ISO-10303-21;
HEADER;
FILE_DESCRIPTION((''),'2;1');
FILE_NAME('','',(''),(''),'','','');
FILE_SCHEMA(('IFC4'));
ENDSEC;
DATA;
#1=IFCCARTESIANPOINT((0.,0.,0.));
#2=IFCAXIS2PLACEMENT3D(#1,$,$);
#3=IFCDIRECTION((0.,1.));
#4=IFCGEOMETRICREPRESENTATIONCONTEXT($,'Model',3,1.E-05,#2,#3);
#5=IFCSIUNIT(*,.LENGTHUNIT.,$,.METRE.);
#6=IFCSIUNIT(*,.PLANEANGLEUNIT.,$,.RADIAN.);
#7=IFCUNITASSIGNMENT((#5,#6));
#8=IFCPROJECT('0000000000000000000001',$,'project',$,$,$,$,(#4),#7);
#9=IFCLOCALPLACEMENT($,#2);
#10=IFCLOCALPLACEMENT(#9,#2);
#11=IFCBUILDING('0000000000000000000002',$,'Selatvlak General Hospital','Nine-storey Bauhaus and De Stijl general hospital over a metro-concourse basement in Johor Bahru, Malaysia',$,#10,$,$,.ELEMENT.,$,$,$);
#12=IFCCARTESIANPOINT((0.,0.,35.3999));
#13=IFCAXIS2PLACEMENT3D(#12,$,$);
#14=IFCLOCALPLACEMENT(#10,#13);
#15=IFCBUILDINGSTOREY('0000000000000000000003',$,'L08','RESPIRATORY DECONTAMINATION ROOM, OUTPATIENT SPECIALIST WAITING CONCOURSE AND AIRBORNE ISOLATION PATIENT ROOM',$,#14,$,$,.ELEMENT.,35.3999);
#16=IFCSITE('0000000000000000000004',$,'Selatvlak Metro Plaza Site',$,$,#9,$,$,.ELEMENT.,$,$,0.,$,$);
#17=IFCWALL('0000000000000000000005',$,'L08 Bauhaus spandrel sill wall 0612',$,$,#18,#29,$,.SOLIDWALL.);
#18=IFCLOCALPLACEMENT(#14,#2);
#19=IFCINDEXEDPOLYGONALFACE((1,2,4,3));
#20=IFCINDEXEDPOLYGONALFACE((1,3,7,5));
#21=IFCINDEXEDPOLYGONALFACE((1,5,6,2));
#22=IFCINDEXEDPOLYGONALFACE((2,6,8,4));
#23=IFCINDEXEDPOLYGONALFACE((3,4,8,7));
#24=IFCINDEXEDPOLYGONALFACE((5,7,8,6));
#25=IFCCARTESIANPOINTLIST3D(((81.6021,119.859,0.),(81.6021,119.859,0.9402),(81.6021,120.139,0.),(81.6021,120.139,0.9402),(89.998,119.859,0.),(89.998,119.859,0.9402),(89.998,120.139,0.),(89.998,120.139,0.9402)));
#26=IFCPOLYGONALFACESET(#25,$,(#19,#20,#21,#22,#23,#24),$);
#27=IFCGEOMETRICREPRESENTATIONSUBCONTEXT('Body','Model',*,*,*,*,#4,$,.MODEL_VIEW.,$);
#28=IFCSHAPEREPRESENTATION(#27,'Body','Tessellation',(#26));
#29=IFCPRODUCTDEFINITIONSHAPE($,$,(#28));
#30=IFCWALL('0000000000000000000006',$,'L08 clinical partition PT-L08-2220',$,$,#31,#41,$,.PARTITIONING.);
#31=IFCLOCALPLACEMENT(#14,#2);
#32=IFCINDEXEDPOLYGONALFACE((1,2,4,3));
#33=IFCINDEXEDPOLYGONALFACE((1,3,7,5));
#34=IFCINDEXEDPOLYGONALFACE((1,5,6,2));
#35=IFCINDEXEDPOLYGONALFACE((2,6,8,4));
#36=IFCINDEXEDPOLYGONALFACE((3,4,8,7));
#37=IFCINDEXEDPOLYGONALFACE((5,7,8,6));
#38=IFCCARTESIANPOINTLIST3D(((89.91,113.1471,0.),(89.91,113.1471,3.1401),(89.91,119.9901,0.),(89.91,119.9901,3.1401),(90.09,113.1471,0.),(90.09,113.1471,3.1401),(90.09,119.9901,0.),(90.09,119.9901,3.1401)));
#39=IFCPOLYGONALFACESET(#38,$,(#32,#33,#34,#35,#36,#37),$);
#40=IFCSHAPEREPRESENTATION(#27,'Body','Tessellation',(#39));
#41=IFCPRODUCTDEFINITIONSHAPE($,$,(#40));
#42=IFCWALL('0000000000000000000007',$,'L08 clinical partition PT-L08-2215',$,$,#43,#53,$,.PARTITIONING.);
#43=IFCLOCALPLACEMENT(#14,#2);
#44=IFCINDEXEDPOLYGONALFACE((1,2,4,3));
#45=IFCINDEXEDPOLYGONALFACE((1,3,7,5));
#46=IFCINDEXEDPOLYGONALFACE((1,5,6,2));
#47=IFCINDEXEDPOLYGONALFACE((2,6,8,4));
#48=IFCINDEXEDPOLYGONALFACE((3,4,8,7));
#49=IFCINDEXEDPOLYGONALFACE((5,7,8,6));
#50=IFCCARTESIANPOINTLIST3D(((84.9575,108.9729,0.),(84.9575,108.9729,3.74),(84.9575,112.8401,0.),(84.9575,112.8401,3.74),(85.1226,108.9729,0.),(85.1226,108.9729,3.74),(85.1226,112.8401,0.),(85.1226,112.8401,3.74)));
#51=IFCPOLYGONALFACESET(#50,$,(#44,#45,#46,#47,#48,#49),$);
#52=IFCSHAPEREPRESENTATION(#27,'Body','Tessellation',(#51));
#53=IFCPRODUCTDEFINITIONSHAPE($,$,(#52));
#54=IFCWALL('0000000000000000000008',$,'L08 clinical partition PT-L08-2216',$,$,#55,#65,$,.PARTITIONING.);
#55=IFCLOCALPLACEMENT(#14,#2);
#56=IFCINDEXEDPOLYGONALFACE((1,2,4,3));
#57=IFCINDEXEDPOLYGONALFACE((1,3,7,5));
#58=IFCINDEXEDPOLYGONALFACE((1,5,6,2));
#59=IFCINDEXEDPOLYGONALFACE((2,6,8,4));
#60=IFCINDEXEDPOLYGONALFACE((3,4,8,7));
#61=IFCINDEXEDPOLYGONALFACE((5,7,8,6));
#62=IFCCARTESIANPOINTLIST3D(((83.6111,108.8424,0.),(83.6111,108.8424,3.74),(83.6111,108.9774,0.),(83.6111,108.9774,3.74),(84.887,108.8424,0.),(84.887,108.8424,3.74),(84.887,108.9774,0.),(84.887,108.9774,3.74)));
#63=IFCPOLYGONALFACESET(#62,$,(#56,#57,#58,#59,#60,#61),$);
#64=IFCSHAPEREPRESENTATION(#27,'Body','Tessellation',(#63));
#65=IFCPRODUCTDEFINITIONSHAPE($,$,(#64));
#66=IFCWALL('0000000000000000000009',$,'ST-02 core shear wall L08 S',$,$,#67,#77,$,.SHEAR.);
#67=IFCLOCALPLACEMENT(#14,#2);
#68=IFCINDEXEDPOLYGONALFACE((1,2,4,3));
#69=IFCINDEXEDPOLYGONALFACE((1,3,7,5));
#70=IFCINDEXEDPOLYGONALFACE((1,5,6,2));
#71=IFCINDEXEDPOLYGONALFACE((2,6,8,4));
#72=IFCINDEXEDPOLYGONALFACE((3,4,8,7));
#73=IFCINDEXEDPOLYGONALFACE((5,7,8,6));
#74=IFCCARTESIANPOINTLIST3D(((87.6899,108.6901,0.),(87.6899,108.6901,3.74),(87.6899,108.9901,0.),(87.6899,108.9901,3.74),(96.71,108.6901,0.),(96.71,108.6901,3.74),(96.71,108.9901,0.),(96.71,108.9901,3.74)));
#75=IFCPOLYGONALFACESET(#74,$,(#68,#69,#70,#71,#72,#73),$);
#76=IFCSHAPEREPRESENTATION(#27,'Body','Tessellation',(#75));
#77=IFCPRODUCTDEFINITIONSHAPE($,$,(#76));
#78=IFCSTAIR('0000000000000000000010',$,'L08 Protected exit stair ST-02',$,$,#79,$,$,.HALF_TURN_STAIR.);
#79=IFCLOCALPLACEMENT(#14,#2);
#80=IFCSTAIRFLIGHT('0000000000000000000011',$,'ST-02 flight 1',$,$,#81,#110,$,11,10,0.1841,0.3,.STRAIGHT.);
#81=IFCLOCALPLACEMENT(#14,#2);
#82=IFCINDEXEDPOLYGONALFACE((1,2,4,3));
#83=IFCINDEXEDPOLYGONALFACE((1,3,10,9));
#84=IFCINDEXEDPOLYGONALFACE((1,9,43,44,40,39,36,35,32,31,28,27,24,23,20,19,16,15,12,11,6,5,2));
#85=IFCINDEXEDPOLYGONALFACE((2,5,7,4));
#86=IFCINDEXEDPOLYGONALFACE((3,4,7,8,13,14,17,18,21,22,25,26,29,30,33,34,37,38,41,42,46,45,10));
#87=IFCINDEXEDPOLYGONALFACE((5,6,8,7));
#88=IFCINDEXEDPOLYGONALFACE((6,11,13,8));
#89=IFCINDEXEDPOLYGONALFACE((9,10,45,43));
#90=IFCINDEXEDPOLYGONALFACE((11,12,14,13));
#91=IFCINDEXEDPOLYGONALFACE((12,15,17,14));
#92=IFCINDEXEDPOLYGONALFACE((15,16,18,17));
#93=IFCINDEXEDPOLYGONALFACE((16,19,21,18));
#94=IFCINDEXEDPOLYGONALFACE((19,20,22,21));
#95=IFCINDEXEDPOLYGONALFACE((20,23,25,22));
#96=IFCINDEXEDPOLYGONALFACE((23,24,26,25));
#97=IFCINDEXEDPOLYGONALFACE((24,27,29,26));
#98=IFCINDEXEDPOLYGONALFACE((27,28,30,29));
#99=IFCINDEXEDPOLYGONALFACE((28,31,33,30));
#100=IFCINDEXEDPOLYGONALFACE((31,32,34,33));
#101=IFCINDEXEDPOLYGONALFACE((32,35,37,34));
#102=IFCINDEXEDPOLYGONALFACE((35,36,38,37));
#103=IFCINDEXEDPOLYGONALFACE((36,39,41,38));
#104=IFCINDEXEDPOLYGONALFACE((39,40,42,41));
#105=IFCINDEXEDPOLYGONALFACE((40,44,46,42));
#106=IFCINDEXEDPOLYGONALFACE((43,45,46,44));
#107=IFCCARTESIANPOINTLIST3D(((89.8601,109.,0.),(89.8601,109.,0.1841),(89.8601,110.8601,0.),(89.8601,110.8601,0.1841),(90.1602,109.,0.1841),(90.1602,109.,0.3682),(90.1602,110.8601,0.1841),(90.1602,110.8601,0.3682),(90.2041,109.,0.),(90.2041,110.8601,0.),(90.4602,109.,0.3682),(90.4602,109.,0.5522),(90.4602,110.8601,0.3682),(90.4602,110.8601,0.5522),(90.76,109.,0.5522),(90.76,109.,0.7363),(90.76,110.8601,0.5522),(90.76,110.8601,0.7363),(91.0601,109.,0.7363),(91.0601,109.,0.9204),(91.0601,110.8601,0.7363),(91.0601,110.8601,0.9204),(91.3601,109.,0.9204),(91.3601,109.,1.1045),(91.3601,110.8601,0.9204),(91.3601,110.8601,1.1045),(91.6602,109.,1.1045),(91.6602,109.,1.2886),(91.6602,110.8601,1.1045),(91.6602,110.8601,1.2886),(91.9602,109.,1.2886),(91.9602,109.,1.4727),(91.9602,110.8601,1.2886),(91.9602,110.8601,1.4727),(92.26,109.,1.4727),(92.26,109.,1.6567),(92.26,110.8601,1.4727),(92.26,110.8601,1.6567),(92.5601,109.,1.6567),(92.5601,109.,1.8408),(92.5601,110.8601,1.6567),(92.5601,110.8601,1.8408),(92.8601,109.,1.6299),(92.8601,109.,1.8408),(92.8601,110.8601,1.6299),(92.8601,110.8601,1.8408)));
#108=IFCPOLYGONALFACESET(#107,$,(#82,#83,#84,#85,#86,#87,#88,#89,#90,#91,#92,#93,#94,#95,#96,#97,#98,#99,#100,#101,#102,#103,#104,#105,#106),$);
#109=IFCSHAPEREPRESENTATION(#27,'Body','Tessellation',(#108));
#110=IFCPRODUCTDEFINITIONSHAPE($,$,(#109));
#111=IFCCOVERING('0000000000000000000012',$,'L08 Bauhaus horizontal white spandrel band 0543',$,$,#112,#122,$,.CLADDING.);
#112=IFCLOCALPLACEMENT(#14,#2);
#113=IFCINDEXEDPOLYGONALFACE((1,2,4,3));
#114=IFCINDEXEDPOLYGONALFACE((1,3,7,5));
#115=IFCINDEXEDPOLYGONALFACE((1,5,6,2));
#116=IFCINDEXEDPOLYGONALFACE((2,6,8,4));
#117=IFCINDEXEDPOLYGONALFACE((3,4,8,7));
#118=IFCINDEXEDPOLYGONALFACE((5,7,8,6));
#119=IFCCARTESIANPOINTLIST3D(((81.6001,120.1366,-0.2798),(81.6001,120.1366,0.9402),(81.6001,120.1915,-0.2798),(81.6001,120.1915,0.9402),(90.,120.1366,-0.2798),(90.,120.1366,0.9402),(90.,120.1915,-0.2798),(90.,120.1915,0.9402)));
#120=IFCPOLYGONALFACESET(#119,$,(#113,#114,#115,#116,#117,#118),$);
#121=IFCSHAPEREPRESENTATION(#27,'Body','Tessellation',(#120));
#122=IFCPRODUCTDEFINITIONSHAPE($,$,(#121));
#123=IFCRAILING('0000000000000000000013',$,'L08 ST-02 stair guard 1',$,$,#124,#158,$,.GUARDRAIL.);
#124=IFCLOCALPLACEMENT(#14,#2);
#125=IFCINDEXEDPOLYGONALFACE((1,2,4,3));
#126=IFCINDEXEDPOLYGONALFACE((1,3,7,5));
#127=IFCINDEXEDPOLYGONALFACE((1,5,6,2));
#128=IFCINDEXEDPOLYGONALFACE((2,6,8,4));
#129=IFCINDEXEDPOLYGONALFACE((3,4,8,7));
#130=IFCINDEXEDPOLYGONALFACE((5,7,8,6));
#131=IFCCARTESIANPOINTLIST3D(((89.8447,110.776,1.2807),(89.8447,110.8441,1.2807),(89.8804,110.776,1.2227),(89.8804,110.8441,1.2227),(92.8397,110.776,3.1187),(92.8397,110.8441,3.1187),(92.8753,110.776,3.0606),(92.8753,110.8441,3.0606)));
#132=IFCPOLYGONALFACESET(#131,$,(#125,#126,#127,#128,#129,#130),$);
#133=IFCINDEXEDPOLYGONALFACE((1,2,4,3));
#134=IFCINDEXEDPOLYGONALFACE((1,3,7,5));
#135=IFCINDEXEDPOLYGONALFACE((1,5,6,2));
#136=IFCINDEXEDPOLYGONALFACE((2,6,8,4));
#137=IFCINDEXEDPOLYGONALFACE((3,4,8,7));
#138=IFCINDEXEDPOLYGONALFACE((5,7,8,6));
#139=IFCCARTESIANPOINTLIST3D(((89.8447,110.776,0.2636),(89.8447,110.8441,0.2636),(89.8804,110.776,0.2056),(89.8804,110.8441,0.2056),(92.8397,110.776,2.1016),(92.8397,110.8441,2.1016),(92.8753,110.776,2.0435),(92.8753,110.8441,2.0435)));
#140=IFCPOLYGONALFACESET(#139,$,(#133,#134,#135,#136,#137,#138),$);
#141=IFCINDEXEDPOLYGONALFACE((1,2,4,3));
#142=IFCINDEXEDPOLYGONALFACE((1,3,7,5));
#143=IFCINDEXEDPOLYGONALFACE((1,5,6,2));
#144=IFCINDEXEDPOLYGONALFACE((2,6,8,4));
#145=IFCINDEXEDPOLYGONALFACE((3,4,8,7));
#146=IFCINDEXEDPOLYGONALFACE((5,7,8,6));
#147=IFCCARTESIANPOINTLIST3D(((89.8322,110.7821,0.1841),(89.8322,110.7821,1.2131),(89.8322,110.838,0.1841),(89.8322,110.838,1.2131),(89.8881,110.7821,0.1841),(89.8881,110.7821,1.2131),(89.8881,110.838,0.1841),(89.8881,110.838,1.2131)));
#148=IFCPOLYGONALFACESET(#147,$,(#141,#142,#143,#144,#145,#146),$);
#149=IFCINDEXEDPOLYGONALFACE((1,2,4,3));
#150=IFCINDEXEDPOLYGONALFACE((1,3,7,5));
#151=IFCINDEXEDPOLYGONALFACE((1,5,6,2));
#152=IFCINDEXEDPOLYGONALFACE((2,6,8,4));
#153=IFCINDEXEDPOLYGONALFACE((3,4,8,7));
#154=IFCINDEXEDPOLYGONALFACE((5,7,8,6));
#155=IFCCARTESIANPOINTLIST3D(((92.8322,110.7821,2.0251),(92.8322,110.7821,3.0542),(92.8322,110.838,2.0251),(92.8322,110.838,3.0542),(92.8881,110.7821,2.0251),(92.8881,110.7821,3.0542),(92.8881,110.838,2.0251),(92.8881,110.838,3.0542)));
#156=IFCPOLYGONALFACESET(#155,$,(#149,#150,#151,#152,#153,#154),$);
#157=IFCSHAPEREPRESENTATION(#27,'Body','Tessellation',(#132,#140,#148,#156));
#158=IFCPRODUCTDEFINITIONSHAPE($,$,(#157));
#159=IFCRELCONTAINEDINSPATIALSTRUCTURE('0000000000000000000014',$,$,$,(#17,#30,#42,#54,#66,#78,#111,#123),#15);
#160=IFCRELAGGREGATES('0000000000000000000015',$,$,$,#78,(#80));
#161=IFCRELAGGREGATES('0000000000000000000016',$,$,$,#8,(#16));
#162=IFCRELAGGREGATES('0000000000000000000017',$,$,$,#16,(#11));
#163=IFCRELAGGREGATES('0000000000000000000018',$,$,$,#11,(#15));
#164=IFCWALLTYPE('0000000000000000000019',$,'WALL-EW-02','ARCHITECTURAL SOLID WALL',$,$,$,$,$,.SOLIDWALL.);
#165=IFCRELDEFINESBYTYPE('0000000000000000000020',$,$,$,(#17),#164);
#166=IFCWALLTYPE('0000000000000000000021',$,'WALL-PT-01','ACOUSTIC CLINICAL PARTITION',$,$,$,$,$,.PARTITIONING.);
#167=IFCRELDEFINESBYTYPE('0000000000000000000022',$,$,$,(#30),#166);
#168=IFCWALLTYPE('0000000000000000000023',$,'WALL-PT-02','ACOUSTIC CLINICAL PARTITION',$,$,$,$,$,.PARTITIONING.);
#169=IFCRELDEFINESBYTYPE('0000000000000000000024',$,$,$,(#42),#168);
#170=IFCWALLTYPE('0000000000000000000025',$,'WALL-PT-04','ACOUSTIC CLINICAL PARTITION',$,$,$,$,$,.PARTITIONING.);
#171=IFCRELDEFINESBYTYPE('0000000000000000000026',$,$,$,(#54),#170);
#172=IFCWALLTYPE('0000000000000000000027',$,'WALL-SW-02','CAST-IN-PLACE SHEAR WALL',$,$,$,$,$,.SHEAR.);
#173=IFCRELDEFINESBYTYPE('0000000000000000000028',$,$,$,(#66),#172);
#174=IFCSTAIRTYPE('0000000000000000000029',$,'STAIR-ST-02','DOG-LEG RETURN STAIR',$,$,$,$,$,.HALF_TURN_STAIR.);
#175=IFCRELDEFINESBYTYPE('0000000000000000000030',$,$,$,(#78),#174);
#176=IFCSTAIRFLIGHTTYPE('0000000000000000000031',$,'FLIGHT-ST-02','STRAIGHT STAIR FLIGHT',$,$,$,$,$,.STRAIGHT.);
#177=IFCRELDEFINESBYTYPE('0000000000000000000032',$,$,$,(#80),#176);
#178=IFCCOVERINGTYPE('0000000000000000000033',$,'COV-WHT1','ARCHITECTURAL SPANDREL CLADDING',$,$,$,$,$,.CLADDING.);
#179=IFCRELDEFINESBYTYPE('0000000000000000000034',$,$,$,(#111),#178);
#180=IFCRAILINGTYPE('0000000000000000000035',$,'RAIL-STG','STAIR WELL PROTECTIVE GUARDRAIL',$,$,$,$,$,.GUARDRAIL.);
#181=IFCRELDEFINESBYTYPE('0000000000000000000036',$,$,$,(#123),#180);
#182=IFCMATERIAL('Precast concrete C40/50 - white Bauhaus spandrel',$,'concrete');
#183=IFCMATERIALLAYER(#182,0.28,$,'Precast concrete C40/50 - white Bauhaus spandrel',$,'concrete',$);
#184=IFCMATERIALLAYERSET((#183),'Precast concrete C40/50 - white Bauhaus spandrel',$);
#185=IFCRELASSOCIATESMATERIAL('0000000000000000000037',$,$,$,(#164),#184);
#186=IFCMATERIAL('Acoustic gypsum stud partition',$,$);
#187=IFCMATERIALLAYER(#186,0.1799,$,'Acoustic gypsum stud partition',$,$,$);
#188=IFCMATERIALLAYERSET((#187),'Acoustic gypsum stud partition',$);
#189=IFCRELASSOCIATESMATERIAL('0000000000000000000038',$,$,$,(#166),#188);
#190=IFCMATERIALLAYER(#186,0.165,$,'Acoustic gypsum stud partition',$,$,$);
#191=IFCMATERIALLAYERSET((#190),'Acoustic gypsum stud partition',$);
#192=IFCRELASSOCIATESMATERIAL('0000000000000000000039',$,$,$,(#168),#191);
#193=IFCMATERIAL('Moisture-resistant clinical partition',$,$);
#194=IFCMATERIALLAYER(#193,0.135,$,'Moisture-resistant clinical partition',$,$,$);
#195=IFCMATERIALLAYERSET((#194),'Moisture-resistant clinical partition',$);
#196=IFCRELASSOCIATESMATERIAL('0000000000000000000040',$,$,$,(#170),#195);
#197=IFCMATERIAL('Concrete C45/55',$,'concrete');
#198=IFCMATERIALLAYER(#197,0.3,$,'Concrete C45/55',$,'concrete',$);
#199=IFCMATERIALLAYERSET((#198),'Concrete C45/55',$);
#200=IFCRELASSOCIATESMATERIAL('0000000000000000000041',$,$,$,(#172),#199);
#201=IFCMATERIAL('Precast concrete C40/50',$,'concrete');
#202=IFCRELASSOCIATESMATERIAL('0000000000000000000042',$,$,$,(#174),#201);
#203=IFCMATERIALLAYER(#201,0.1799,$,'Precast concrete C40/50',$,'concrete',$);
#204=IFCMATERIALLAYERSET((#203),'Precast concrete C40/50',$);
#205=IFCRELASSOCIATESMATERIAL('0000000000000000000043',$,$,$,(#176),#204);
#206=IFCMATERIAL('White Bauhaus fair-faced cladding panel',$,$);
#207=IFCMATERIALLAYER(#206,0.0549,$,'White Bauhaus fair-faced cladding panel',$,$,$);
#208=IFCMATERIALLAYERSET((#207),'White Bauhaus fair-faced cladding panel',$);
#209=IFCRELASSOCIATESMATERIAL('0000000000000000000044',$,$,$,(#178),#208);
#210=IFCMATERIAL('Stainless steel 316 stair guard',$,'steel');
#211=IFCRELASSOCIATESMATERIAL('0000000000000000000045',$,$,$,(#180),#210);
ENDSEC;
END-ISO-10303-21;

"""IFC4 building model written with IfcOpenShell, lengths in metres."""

from ifc_helpers import new_model, si_unit, direction, frame, frame_2d, origin, origin_2d, place, context, subcontext, project, spatial, polyline, rectangle, outline, extrude, material, layer, layer_set, type_object, element, aggregate, save


model = new_model("IFC4")

# Units and contexts
model_context = context("Model", 3, precision=1e-05, world=origin(), true_north=direction((0.0, 1.0)))
body_context = subcontext(model_context, "Body", "Model", "MODEL_VIEW")
ifc_project = project(units=[si_unit("LENGTHUNIT", "METRE"), si_unit("PLANEANGLEUNIT", "RADIAN")], contexts=[model_context])

# Site, building, storey
site_placement = place(None, origin())
site = spatial("IfcSite", under=ifc_project, at=site_placement, Name="Selatvlak Metro Plaza Site", CompositionType="ELEMENT", RefElevation=0.0)
building_placement = place(site_placement, origin())
building = spatial("IfcBuilding", under=site, at=building_placement, Name="Selatvlak General Hospital", Description="Nine-storey Bauhaus and De Stijl general hospital over a metro-concourse basement in Johor Bahru, Malaysia", CompositionType="ELEMENT")
storey_placement = place(building_placement, frame((0.0, 0.0, 35.3999)))
storey = spatial("IfcBuildingStorey", under=building, at=storey_placement, Name="L08", Description="RESPIRATORY DECONTAMINATION ROOM, OUTPATIENT SPECIALIST WAITING CONCOURSE AND AIRBORNE ISOLATION PATIENT ROOM", CompositionType="ELEMENT", Elevation=35.3999)

# Wall
ifc_material_1 = material(Name="Precast concrete C40/50 - white Bauhaus spandrel", Category="concrete")
ifc_layer_1 = layer(ifc_material_1, 0.28, Name="Precast concrete C40/50 - white Bauhaus spandrel", Category="concrete")
ifc_layer_set_1 = layer_set([ifc_layer_1], Name="Precast concrete C40/50 - white Bauhaus spandrel")
wall_type_1 = type_object("IfcWallType", Name="WALL-EW-02", Description="ARCHITECTURAL SOLID WALL", PredefinedType="SOLIDWALL", material=ifc_layer_set_1)
wall_1_placement = place(storey_placement, frame((81.6021, 119.999, 0.0), z_axis=(0.0, 0.0, 1.0), x_axis=(1.0, 0.0, 0.0)))
element("IfcWall", 1, at=wall_1_placement, inside=storey, type_object=wall_type_1, Name="L08 Bauhaus spandrel sill wall 0612", PredefinedType="SOLIDWALL", context=body_context, shape_type="SweptSolid", body=[
    extrude(rectangle(XDim=8.396, YDim=0.28, at=frame_2d((4.198, 0.0))), origin(), (0.0, 0.0, 1.0), 0.9402),
])

# Shared definitions
ifc_material_2 = material(Name="Acoustic gypsum stud partition")
ifc_layer_2 = layer(ifc_material_2, 0.1799, Name="Acoustic gypsum stud partition")
ifc_layer_set_2 = layer_set([ifc_layer_2], Name="Acoustic gypsum stud partition")
wall_type_2 = type_object("IfcWallType", Name="WALL-PT-01", Description="ACOUSTIC CLINICAL PARTITION", PredefinedType="PARTITIONING", material=ifc_layer_set_2)

# Walls
wall_2_placement = place(storey_placement, frame((90.0, 119.99, 0.0), z_axis=(0.0, 0.0, 1.0), x_axis=(0.0, -1.0, 0.0)))
element("IfcWall", 2, at=wall_2_placement, inside=storey, type_object=wall_type_2, Name="L08 clinical partition PT-L08-2220", PredefinedType="PARTITIONING", context=body_context, shape_type="SweptSolid", body=[
    extrude(rectangle(XDim=6.843, YDim=0.1799, at=frame_2d((3.4214, 0.0))), origin(), (0.0, 0.0, 1.0), 3.1401),
])
ifc_layer_3 = layer(ifc_material_2, 0.165, Name="Acoustic gypsum stud partition")
ifc_layer_set_3 = layer_set([ifc_layer_3], Name="Acoustic gypsum stud partition")
wall_type_3 = type_object("IfcWallType", Name="WALL-PT-02", Description="ACOUSTIC CLINICAL PARTITION", PredefinedType="PARTITIONING", material=ifc_layer_set_3)
wall_3_placement = place(storey_placement, frame((85.04, 112.8401, 0.0), z_axis=(0.0, 0.0, 1.0), x_axis=(0.0, -1.0, 0.0)))
element("IfcWall", 3, at=wall_3_placement, inside=storey, type_object=wall_type_3, Name="L08 clinical partition PT-L08-2215", PredefinedType="PARTITIONING", context=body_context, shape_type="SweptSolid", body=[
    extrude(rectangle(XDim=3.8672, YDim=0.165, at=frame_2d((1.9336, 0.0))), origin(), (0.0, 0.0, 1.0), 3.74),
])
ifc_material_3 = material(Name="Moisture-resistant clinical partition")
ifc_layer_4 = layer(ifc_material_3, 0.135, Name="Moisture-resistant clinical partition")
ifc_layer_set_4 = layer_set([ifc_layer_4], Name="Moisture-resistant clinical partition")
wall_type_4 = type_object("IfcWallType", Name="WALL-PT-04", Description="ACOUSTIC CLINICAL PARTITION", PredefinedType="PARTITIONING", material=ifc_layer_set_4)
wall_4_placement = place(storey_placement, frame((84.887, 108.9099, 0.0), z_axis=(0.0, 0.0, 1.0), x_axis=(-1.0, 0.0, 0.0)))
element("IfcWall", 4, at=wall_4_placement, inside=storey, type_object=wall_type_4, Name="L08 clinical partition PT-L08-2216", PredefinedType="PARTITIONING", context=body_context, shape_type="SweptSolid", body=[
    extrude(rectangle(XDim=1.2759, YDim=0.135, at=frame_2d((0.6379, 0.0))), origin(), (0.0, 0.0, 1.0), 3.74),
])
ifc_material_4 = material(Name="Concrete C45/55", Category="concrete")
ifc_layer_5 = layer(ifc_material_4, 0.3, Name="Concrete C45/55", Category="concrete")
ifc_layer_set_5 = layer_set([ifc_layer_5], Name="Concrete C45/55")
wall_type_5 = type_object("IfcWallType", Name="WALL-SW-02", Description="CAST-IN-PLACE SHEAR WALL", PredefinedType="SHEAR", material=ifc_layer_set_5)
wall_5_placement = place(storey_placement, frame((87.6899, 108.8401, 0.0), z_axis=(0.0, 0.0, 1.0), x_axis=(1.0, 0.0, 0.0)))
element("IfcWall", 5, at=wall_5_placement, inside=storey, type_object=wall_type_5, Name="ST-02 core shear wall L08 S", PredefinedType="SHEAR", context=body_context, shape_type="SweptSolid", body=[
    extrude(rectangle(XDim=9.02, YDim=0.3, at=frame_2d((4.51, 0.0))), origin(), (0.0, 0.0, 1.0), 3.74),
])

# Stair, stair flight
ifc_material_5 = material(Name="Precast concrete C40/50", Category="concrete")
stair_type = type_object("IfcStairType", Name="STAIR-ST-02", Description="DOG-LEG RETURN STAIR", PredefinedType="HALF_TURN_STAIR", material=ifc_material_5)
stair_placement = place(storey_placement, origin())
stair = element("IfcStair", 6, at=stair_placement, inside=storey, type_object=stair_type, Name="L08 Protected exit stair ST-02", PredefinedType="HALF_TURN_STAIR")
ifc_layer_6 = layer(ifc_material_5, 0.1799, Name="Precast concrete C40/50", Category="concrete")
ifc_layer_set_6 = layer_set([ifc_layer_6], Name="Precast concrete C40/50")
stair_flight_type = type_object("IfcStairFlightType", Name="FLIGHT-ST-02", Description="STRAIGHT STAIR FLIGHT", PredefinedType="STRAIGHT", material=ifc_layer_set_6)
stair_flight_placement = place(storey_placement, frame((89.8601, 109.9299, 0.0), z_axis=(0.0, 0.0, 1.0), x_axis=(1.0, 0.0, 0.0)))
stair_flight = element("IfcStairFlight", 7, at=stair_flight_placement, type_object=stair_flight_type, Name="ST-02 flight 1", NumberOfRisers=11, NumberOfTreads=10, PredefinedType="STRAIGHT", RiserHeight=0.1841, TreadLength=0.3, context=body_context, shape_type="SweptSolid", body=[
    extrude(outline(polyline([(0.0, 0.0), (0.0, 0.1841), (0.3, 0.1841), (0.3, 0.3682), (0.6001, 0.3682), (0.6001, 0.5522), (0.8999, 0.5522), (0.8999, 0.7363), (1.2, 0.7363), (1.2, 0.9204), (1.5, 0.9204), (1.5, 1.1045), (1.8, 1.1045), (1.8, 1.2886), (2.1001, 1.2886), (2.1001, 1.4727), (2.3999, 1.4727), (2.3999, 1.6567), (2.7, 1.6567), (2.7, 1.8408), (3.0, 1.8408), (3.0, 2.0249), (3.0, 1.6299), (0.344, 0.0), (0.0, 0.0)])), frame((0.0, 0.9302, 0.0), z_axis=(0.0, -1.0, 0.0), x_axis=(1.0, 0.0, 0.0)), (0.0, 0.0, 1.0), 1.8601),
])
aggregate(stair, [stair_flight])

# Covering
ifc_material_6 = material(Name="White Bauhaus fair-faced cladding panel")
ifc_layer_7 = layer(ifc_material_6, 0.0549, Name="White Bauhaus fair-faced cladding panel")
ifc_layer_set_7 = layer_set([ifc_layer_7], Name="White Bauhaus fair-faced cladding panel")
covering_type = type_object("IfcCoveringType", Name="COV-WHT1", Description="ARCHITECTURAL SPANDREL CLADDING", PredefinedType="CLADDING", material=ifc_layer_set_7)
covering_placement = place(storey_placement, frame((85.8, 120.1641, -0.2798), z_axis=(0.0, 0.0, 1.0), x_axis=(1.0, 0.0, 0.0)))
element("IfcCovering", 8, at=covering_placement, inside=storey, type_object=covering_type, Name="L08 Bauhaus horizontal white spandrel band 0543", PredefinedType="CLADDING", context=body_context, shape_type="SweptSolid", body=[
    extrude(rectangle(XDim=8.3999, YDim=0.0549, at=origin_2d()), origin(), (0.0, 0.0, 1.0), 1.22),
])

# Railing
ifc_material_7 = material(Name="Stainless steel 316 stair guard", Category="steel")
railing_type_1 = type_object("IfcRailingType", Name="RAIL-STG", Description="STAIR WELL PROTECTIVE GUARDRAIL", PredefinedType="GUARDRAIL", material=ifc_material_7)
railing_1_placement = place(storey_placement, frame((89.8601, 110.8101, 0.1841)))
element("IfcRailing", 9, at=railing_1_placement, inside=storey, type_object=railing_type_1, Name="L08 ST-02 stair guard 1", PredefinedType="GUARDRAIL", context=body_context, shape_type="SweptSolid", body=[
    extrude(rectangle(XDim=0.0681, YDim=0.0681, at=origin_2d()), frame((0.0024, 0.0, 1.0676), z_axis=(0.852303, 0.0, 0.523048), x_axis=(0.0, 1.0, 0.0)), (0.0, 0.0, 1.0), 3.5139),
    extrude(rectangle(XDim=0.0681, YDim=0.0681, at=origin_2d()), frame((0.0024, 0.0, 0.0505), z_axis=(0.852303, 0.0, 0.523048), x_axis=(0.0, 1.0, 0.0)), (0.0, 0.0, 1.0), 3.5139),
    extrude(rectangle(XDim=0.0559, YDim=0.0559, at=origin_2d()), origin(), (0.0, 0.0, 1.0), 1.0291),
    extrude(rectangle(XDim=0.0559, YDim=0.0559, at=origin_2d()), frame((3.0, 0.0, 1.8411)), (0.0, 0.0, 1.0), 1.0291),
])

save(model, "model.ifc")
